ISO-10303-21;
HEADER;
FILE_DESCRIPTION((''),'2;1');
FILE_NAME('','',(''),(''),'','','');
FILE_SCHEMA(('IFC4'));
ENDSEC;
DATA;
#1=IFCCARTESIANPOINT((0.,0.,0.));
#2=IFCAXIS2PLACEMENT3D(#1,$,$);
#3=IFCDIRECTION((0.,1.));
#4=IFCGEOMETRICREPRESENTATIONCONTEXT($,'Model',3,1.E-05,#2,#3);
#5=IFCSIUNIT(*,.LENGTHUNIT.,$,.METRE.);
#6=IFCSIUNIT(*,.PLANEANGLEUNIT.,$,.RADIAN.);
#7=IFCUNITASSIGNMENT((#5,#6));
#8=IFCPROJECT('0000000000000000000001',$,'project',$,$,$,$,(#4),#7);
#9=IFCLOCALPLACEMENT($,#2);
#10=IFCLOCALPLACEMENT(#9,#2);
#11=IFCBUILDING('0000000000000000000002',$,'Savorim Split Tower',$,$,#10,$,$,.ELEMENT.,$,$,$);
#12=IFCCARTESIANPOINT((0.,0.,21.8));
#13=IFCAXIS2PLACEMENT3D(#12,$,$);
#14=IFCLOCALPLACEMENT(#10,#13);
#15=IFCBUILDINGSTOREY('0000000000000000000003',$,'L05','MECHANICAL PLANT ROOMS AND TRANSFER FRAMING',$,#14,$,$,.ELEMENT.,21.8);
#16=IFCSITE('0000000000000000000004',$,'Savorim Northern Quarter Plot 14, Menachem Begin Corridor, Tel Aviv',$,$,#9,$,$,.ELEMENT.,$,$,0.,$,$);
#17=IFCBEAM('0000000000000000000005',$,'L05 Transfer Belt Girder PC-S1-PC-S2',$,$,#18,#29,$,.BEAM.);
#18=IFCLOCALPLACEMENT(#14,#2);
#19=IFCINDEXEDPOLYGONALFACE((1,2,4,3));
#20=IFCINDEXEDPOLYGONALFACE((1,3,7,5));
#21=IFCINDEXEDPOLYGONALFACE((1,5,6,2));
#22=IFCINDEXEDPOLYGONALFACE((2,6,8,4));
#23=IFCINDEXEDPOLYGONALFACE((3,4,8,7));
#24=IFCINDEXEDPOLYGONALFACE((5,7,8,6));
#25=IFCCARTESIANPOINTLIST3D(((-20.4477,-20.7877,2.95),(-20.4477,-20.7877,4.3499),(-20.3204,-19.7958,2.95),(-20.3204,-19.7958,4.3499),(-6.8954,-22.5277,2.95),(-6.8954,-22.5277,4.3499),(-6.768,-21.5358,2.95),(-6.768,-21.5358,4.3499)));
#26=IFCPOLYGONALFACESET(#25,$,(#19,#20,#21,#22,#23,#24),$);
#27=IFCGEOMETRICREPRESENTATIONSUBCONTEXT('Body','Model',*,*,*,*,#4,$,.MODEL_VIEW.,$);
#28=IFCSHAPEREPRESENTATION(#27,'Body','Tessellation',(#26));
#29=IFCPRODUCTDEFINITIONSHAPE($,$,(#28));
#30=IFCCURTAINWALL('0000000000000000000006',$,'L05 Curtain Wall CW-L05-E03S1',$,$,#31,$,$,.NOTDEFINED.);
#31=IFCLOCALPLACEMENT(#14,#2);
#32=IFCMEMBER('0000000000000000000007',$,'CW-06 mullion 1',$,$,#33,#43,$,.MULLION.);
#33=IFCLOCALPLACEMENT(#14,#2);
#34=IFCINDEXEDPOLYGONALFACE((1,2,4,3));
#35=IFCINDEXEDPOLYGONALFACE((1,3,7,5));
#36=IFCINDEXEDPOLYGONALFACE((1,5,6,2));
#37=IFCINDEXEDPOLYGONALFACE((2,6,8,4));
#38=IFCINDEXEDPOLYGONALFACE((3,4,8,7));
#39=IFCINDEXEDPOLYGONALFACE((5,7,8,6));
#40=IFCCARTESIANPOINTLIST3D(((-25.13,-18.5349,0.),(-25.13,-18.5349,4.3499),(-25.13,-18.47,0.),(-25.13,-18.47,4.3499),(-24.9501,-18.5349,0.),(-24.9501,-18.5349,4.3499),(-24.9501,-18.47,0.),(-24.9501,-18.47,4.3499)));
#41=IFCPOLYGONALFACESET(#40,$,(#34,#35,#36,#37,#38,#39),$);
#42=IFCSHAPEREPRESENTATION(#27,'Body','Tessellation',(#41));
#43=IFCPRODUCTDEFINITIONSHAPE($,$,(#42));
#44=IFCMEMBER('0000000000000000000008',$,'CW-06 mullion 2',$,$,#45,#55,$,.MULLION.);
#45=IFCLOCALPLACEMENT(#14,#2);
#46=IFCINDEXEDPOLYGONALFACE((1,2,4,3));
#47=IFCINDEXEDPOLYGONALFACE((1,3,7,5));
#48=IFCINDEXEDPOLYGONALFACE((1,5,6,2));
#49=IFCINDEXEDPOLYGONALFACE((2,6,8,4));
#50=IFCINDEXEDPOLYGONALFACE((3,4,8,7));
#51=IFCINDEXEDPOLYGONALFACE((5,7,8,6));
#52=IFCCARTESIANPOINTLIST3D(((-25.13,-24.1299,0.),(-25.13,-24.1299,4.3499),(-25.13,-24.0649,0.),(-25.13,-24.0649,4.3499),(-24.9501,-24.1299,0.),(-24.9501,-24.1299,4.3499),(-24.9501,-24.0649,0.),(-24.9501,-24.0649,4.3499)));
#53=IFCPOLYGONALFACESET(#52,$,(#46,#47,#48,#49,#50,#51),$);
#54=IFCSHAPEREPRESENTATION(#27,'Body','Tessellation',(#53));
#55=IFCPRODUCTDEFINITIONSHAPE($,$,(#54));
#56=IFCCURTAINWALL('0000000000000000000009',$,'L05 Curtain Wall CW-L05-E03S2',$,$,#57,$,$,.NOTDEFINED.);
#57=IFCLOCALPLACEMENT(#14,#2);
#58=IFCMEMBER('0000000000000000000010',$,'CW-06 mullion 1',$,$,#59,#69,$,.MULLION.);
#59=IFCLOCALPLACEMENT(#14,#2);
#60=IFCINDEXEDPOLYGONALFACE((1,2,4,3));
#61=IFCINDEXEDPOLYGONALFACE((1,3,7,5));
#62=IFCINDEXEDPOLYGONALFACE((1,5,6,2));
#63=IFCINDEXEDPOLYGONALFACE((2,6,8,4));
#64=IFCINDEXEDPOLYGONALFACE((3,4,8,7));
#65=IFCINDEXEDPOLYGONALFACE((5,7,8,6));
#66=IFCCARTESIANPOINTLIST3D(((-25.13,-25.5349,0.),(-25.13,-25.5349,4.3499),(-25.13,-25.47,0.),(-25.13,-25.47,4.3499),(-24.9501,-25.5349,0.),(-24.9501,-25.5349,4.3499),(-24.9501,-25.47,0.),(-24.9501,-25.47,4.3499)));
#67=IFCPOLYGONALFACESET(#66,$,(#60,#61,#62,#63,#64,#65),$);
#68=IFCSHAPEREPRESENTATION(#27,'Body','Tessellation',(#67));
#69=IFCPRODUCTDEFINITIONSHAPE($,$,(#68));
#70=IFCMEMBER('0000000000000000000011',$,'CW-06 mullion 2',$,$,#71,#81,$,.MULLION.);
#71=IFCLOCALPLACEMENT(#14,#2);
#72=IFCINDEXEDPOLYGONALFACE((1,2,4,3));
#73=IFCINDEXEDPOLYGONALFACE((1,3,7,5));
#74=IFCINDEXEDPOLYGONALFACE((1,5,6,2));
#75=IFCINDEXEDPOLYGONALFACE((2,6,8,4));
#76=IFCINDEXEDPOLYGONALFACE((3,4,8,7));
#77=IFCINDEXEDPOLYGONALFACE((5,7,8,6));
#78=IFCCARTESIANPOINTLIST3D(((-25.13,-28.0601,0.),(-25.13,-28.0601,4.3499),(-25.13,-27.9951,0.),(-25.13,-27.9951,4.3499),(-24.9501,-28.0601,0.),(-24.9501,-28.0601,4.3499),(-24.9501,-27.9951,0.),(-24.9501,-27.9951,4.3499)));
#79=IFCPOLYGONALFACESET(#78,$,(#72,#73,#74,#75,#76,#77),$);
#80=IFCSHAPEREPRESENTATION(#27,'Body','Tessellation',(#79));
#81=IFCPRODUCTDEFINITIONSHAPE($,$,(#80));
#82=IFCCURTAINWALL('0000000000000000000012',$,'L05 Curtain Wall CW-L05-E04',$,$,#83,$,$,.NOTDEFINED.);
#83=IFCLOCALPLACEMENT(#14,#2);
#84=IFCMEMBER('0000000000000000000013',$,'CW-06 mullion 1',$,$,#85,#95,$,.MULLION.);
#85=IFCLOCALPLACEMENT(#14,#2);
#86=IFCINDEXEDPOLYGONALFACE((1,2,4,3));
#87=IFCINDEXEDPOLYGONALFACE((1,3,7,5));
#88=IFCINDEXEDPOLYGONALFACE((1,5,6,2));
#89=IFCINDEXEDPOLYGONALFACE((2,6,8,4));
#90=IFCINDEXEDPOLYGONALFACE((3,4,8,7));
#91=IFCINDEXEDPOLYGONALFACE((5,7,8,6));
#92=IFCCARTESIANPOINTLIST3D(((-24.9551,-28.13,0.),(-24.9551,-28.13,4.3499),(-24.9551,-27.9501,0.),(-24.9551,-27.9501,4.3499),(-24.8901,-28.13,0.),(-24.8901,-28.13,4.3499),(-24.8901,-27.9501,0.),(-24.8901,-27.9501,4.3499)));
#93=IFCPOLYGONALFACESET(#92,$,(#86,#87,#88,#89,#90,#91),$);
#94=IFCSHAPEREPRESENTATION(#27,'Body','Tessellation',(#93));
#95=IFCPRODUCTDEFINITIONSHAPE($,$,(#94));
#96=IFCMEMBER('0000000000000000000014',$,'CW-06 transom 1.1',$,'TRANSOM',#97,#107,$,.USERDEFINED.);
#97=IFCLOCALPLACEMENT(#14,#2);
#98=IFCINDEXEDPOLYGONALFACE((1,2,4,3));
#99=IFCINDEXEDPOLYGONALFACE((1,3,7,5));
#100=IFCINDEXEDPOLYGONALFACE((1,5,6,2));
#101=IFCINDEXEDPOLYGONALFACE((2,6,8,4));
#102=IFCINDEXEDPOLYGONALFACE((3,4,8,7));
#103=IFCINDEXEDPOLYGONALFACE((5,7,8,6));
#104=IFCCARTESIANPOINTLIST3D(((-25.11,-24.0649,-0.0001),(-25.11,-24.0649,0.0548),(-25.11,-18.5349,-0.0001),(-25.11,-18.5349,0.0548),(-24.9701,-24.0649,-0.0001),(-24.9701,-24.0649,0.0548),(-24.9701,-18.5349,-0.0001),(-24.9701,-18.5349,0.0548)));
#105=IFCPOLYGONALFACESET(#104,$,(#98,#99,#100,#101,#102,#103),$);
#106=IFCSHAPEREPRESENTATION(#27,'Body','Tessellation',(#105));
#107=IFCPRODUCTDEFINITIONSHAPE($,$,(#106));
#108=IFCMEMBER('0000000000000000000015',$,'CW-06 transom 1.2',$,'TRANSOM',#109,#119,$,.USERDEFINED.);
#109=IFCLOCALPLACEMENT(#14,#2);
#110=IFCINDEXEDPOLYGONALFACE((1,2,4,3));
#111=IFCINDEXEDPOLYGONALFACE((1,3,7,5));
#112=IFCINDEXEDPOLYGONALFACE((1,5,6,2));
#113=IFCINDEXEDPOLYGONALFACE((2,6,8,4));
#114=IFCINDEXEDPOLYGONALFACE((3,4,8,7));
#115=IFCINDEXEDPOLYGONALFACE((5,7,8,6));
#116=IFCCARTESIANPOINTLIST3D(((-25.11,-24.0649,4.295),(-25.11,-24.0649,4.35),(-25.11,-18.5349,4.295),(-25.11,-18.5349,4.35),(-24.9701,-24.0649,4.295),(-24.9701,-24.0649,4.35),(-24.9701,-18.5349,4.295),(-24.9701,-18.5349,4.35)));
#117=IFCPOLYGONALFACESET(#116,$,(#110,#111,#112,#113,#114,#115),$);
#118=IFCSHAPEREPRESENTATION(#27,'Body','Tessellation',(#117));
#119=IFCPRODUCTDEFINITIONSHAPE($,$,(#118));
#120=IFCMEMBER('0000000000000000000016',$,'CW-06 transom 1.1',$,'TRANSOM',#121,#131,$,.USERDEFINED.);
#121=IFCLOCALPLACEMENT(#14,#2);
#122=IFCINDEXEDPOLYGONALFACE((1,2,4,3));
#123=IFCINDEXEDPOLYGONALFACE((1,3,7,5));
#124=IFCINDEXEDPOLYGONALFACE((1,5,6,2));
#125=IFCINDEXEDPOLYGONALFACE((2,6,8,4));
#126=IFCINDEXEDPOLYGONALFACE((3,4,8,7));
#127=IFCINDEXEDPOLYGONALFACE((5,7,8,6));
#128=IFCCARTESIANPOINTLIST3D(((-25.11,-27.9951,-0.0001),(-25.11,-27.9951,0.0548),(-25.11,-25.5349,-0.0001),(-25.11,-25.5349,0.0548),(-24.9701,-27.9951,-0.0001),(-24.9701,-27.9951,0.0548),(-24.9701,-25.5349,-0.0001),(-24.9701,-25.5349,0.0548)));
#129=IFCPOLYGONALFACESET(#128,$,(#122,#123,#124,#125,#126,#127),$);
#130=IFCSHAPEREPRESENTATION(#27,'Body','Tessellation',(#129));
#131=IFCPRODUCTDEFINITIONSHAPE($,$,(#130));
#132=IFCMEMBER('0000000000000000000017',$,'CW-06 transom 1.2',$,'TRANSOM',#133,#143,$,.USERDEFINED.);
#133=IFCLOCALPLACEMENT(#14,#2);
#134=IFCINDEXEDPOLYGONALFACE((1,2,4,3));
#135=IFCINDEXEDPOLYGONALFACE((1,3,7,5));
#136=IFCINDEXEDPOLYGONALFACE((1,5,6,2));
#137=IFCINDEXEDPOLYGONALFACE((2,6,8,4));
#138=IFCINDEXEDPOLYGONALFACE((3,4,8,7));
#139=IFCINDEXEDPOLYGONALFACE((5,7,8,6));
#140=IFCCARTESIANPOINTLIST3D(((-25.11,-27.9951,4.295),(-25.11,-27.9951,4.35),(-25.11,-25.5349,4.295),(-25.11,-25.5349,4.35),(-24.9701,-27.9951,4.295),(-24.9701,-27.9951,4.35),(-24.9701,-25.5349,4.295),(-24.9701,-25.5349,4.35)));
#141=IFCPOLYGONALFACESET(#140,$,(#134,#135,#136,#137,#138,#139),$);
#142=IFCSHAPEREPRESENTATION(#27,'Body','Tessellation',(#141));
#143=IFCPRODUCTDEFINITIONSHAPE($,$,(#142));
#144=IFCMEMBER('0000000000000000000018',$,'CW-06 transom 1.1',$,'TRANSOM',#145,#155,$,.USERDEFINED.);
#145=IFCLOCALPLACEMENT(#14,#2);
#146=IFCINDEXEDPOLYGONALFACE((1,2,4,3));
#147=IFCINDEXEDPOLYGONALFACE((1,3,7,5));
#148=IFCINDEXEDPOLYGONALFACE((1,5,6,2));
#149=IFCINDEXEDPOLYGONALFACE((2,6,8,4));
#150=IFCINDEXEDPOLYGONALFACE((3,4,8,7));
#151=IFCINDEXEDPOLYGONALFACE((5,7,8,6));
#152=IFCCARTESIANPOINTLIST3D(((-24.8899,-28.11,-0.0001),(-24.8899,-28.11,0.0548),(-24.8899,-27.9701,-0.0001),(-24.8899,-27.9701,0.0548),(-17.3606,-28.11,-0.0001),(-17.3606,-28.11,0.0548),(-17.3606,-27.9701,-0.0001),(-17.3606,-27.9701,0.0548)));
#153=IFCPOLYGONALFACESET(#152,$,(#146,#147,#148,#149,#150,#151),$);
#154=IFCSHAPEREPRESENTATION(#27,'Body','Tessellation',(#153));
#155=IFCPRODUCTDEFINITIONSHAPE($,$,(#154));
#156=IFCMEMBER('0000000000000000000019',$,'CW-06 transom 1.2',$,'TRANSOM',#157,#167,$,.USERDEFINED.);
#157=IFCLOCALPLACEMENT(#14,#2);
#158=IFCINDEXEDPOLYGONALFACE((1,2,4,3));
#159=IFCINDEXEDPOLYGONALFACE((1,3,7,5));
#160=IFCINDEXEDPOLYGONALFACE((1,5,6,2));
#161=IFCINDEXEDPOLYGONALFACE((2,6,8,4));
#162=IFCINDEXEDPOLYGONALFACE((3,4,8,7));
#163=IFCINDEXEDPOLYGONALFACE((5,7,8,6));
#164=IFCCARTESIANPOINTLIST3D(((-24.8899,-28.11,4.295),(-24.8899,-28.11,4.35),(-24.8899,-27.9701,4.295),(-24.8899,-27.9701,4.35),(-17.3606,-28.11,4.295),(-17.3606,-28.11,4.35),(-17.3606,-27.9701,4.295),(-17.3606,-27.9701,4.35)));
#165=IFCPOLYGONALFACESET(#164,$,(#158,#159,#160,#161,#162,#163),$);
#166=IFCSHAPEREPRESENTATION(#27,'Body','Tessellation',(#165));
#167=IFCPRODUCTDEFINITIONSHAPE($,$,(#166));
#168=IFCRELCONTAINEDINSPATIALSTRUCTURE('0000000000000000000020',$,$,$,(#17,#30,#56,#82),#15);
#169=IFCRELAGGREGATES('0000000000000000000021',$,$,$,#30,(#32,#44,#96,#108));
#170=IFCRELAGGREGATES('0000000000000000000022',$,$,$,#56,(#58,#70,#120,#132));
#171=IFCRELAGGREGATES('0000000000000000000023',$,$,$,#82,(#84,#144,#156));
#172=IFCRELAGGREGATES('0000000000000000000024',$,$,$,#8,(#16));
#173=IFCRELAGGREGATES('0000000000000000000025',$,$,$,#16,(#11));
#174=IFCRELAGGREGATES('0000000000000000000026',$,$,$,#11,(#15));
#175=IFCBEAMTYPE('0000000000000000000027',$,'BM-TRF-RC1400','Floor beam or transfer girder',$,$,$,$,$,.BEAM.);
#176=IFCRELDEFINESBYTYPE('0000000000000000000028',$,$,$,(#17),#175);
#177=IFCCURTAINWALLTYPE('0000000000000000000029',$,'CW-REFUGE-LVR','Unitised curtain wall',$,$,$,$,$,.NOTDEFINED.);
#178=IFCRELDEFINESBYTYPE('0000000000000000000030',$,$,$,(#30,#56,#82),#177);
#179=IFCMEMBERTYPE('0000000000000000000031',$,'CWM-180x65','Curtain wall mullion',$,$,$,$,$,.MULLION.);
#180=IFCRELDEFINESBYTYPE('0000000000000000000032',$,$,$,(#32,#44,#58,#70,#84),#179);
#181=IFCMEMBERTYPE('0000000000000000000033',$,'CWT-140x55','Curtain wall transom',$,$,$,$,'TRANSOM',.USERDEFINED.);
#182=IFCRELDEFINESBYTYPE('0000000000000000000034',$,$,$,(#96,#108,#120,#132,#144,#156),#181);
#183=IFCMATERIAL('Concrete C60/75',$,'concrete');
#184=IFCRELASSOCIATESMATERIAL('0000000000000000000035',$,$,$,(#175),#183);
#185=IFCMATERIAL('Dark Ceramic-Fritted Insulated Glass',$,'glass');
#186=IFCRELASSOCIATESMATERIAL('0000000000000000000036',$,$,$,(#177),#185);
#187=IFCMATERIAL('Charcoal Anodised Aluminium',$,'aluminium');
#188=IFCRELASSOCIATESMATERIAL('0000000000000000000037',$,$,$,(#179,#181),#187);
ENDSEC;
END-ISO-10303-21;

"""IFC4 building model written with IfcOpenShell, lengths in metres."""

from ifc_helpers import new_model, si_unit, direction, frame, origin, origin_2d, place, context, subcontext, project, spatial, rectangle, extrude, material, material_profile, profile_set, type_object, element, aggregate, save


model = new_model("IFC4")

# Units and contexts
model_context = context("Model", 3, precision=1e-05, world=origin(), true_north=direction((0.0, 1.0)))
body_context = subcontext(model_context, "Body", "Model", "MODEL_VIEW")
ifc_project = project(units=[si_unit("LENGTHUNIT", "METRE"), si_unit("PLANEANGLEUNIT", "RADIAN")], contexts=[model_context])

# Site, building, storey
site_placement = place(None, origin())
site = spatial("IfcSite", under=ifc_project, at=site_placement, Name="Savorim Northern Quarter Plot 14, Menachem Begin Corridor, Tel Aviv", CompositionType="ELEMENT", RefElevation=0.0)
building_placement = place(site_placement, origin())
building = spatial("IfcBuilding", under=site, at=building_placement, Name="Savorim Split Tower", CompositionType="ELEMENT")
storey_placement = place(building_placement, frame((0.0, 0.0, 21.8)))
storey = spatial("IfcBuildingStorey", under=building, at=storey_placement, Name="L05", Description="MECHANICAL PLANT ROOMS AND TRANSFER FRAMING", CompositionType="ELEMENT", Elevation=21.8)

# Shared definitions
ifc_material_1 = material(Name="Concrete C60/75", Category="concrete")

# Beam
ifc_material_profile_1 = material_profile(ifc_material_1, rectangle(XDim=1.0, YDim=1.3999, at=origin_2d()), Name="RC 1000x1400")
ifc_profile_set_1 = profile_set([ifc_material_profile_1], Name="Concrete C60/75")
beam_type_1 = type_object("IfcBeamType", Name="BM-TRF-RC1400", Description="Floor beam or transfer girder", PredefinedType="BEAM", material=ifc_profile_set_1)
beam_1_placement = place(storey_placement, frame((-20.384, -20.2917, 3.6499), z_axis=(0.991858, -0.127346, 0.0), x_axis=(0.127346, 0.991858, 0.0)))
element("IfcBeam", 1, at=beam_1_placement, inside=storey, type_object=beam_type_1, Name="L05 Transfer Belt Girder PC-S1-PC-S2", PredefinedType="BEAM", context=body_context, shape_type="SweptSolid", body=[
    extrude(rectangle(XDim=1.0, YDim=1.3999, at=origin_2d()), origin(), (0.0, 0.0, 1.0), 13.6636),
])

# Curtain walls, members
ifc_material_2 = material(Name="Dark Ceramic-Fritted Insulated Glass", Category="glass")
curtain_wall_type = type_object("IfcCurtainWallType", Name="CW-REFUGE-LVR", Description="Unitised curtain wall", PredefinedType="NOTDEFINED", material=ifc_material_2)
curtain_wall_1_placement = place(storey_placement, origin())
curtain_wall_1 = element("IfcCurtainWall", 2, at=curtain_wall_1_placement, inside=storey, type_object=curtain_wall_type, Name="L05 Curtain Wall CW-L05-E03S1", PredefinedType="NOTDEFINED")
ifc_material_3 = material(Name="Charcoal Anodised Aluminium", Category="aluminium")
ifc_material_profile_2 = material_profile(ifc_material_3, rectangle(XDim=0.1799, YDim=0.0649, at=origin_2d()), Name="ALU-M 180x65")
ifc_profile_set_2 = profile_set([ifc_material_profile_2], Name="Charcoal Anodised Aluminium")
member_type_1 = type_object("IfcMemberType", Name="CWM-180x65", Description="Curtain wall mullion", PredefinedType="MULLION", material=ifc_profile_set_2)
member_1_placement = place(storey_placement, frame((-25.04, -18.5024, 0.0), z_axis=(0.0, 0.0, 1.0), x_axis=(1.0, 0.0, 0.0)))
member_1 = element("IfcMember", 3, at=member_1_placement, type_object=member_type_1, Name="CW-06 mullion 1", PredefinedType="MULLION", context=body_context, shape_type="SweptSolid", body=[
    extrude(rectangle(XDim=0.1799, YDim=0.0649, at=origin_2d()), origin(), (0.0, 0.0, 1.0), 4.3499),
])
member_2_placement = place(storey_placement, frame((-25.04, -24.0974, 0.0), z_axis=(0.0, 0.0, 1.0), x_axis=(1.0, 0.0, 0.0)))
member_2 = element("IfcMember", 4, at=member_2_placement, type_object=member_type_1, Name="CW-06 mullion 2", PredefinedType="MULLION", context=body_context, shape_type="SweptSolid", body=[
    extrude(rectangle(XDim=0.1799, YDim=0.0649, at=origin_2d()), origin(), (0.0, 0.0, 1.0), 4.3499),
])
curtain_wall_2_placement = place(storey_placement, origin())
curtain_wall_2 = element("IfcCurtainWall", 5, at=curtain_wall_2_placement, inside=storey, type_object=curtain_wall_type, Name="L05 Curtain Wall CW-L05-E03S2", PredefinedType="NOTDEFINED")
member_3_placement = place(storey_placement, frame((-25.04, -25.5024, 0.0), z_axis=(0.0, 0.0, 1.0), x_axis=(1.0, 0.0, 0.0)))
member_3 = element("IfcMember", 6, at=member_3_placement, type_object=member_type_1, Name="CW-06 mullion 1", PredefinedType="MULLION", context=body_context, shape_type="SweptSolid", body=[
    extrude(rectangle(XDim=0.1799, YDim=0.0649, at=origin_2d()), origin(), (0.0, 0.0, 1.0), 4.3499),
])
member_4_placement = place(storey_placement, frame((-25.04, -28.0276, 0.0), z_axis=(0.0, 0.0, 1.0), x_axis=(1.0, 0.0, 0.0)))
member_4 = element("IfcMember", 7, at=member_4_placement, type_object=member_type_1, Name="CW-06 mullion 2", PredefinedType="MULLION", context=body_context, shape_type="SweptSolid", body=[
    extrude(rectangle(XDim=0.1799, YDim=0.0649, at=origin_2d()), origin(), (0.0, 0.0, 1.0), 4.3499),
])

# Curtain wall, member
curtain_wall_3_placement = place(storey_placement, origin())
curtain_wall_3 = element("IfcCurtainWall", 8, at=curtain_wall_3_placement, inside=storey, type_object=curtain_wall_type, Name="L05 Curtain Wall CW-L05-E04", PredefinedType="NOTDEFINED")
member_5_placement = place(storey_placement, frame((-24.9226, -28.04, 0.0), z_axis=(0.0, 0.0, 1.0), x_axis=(0.0, 1.0, 0.0)))
member_5 = element("IfcMember", 9, at=member_5_placement, type_object=member_type_1, Name="CW-06 mullion 1", PredefinedType="MULLION", context=body_context, shape_type="SweptSolid", body=[
    extrude(rectangle(XDim=0.1799, YDim=0.0649, at=origin_2d()), origin(), (0.0, 0.0, 1.0), 4.3499),
])

# Members
ifc_material_profile_3 = material_profile(ifc_material_3, rectangle(XDim=0.1399, YDim=0.0549, at=origin_2d()), Name="ALU-T 140x55")
ifc_profile_set_3 = profile_set([ifc_material_profile_3], Name="Charcoal Anodised Aluminium")
member_type_2 = type_object("IfcMemberType", Name="CWT-140x55", Description="Curtain wall transom", ElementType="TRANSOM", PredefinedType="USERDEFINED", material=ifc_profile_set_3)
member_6_placement = place(storey_placement, frame((-25.04, -18.5349, 0.0273), z_axis=(0.0, -1.0, 0.0), x_axis=(1.0, 0.0, 0.0)))
member_6 = element("IfcMember", 10, at=member_6_placement, type_object=member_type_2, Name="CW-06 transom 1.1", ObjectType="TRANSOM", PredefinedType="USERDEFINED", context=body_context, shape_type="SweptSolid", body=[
    extrude(rectangle(XDim=0.1399, YDim=0.0549, at=origin_2d()), origin(), (0.0, 0.0, 1.0), 5.53),
])
member_7_placement = place(storey_placement, frame((-25.04, -18.5349, 4.3225), z_axis=(0.0, -1.0, 0.0), x_axis=(1.0, 0.0, 0.0)))
member_7 = element("IfcMember", 11, at=member_7_placement, type_object=member_type_2, Name="CW-06 transom 1.2", ObjectType="TRANSOM", PredefinedType="USERDEFINED", context=body_context, shape_type="SweptSolid", body=[
    extrude(rectangle(XDim=0.1399, YDim=0.0549, at=origin_2d()), origin(), (0.0, 0.0, 1.0), 5.53),
])
member_8_placement = place(storey_placement, frame((-25.04, -25.5349, 0.0273), z_axis=(0.0, -1.0, 0.0), x_axis=(1.0, 0.0, 0.0)))
member_8 = element("IfcMember", 12, at=member_8_placement, type_object=member_type_2, Name="CW-06 transom 1.1", ObjectType="TRANSOM", PredefinedType="USERDEFINED", context=body_context, shape_type="SweptSolid", body=[
    extrude(rectangle(XDim=0.1399, YDim=0.0549, at=origin_2d()), origin(), (0.0, 0.0, 1.0), 2.4602),
])
member_9_placement = place(storey_placement, frame((-25.04, -25.5349, 4.3225), z_axis=(0.0, -1.0, 0.0), x_axis=(1.0, 0.0, 0.0)))
member_9 = element("IfcMember", 13, at=member_9_placement, type_object=member_type_2, Name="CW-06 transom 1.2", ObjectType="TRANSOM", PredefinedType="USERDEFINED", context=body_context, shape_type="SweptSolid", body=[
    extrude(rectangle(XDim=0.1399, YDim=0.0549, at=origin_2d()), origin(), (0.0, 0.0, 1.0), 2.4602),
])
member_10_placement = place(storey_placement, frame((-24.8899, -28.04, 0.0273), z_axis=(1.0, 0.0, 0.0), x_axis=(0.0, 1.0, 0.0)))
member_10 = element("IfcMember", 14, at=member_10_placement, type_object=member_type_2, Name="CW-06 transom 1.1", ObjectType="TRANSOM", PredefinedType="USERDEFINED", context=body_context, shape_type="SweptSolid", body=[
    extrude(rectangle(XDim=0.1399, YDim=0.0549, at=origin_2d()), origin(), (0.0, 0.0, 1.0), 7.5293),
])
member_11_placement = place(storey_placement, frame((-24.8899, -28.04, 4.3225), z_axis=(1.0, 0.0, 0.0), x_axis=(0.0, 1.0, 0.0)))
member_11 = element("IfcMember", 15, at=member_11_placement, type_object=member_type_2, Name="CW-06 transom 1.2", ObjectType="TRANSOM", PredefinedType="USERDEFINED", context=body_context, shape_type="SweptSolid", body=[
    extrude(rectangle(XDim=0.1399, YDim=0.0549, at=origin_2d()), origin(), (0.0, 0.0, 1.0), 7.5293),
])

aggregate(curtain_wall_1, [member_1, member_2, member_6, member_7])
aggregate(curtain_wall_2, [member_3, member_4, member_8, member_9])
aggregate(curtain_wall_3, [member_5, member_10, member_11])

save(model, "model.ifc")
